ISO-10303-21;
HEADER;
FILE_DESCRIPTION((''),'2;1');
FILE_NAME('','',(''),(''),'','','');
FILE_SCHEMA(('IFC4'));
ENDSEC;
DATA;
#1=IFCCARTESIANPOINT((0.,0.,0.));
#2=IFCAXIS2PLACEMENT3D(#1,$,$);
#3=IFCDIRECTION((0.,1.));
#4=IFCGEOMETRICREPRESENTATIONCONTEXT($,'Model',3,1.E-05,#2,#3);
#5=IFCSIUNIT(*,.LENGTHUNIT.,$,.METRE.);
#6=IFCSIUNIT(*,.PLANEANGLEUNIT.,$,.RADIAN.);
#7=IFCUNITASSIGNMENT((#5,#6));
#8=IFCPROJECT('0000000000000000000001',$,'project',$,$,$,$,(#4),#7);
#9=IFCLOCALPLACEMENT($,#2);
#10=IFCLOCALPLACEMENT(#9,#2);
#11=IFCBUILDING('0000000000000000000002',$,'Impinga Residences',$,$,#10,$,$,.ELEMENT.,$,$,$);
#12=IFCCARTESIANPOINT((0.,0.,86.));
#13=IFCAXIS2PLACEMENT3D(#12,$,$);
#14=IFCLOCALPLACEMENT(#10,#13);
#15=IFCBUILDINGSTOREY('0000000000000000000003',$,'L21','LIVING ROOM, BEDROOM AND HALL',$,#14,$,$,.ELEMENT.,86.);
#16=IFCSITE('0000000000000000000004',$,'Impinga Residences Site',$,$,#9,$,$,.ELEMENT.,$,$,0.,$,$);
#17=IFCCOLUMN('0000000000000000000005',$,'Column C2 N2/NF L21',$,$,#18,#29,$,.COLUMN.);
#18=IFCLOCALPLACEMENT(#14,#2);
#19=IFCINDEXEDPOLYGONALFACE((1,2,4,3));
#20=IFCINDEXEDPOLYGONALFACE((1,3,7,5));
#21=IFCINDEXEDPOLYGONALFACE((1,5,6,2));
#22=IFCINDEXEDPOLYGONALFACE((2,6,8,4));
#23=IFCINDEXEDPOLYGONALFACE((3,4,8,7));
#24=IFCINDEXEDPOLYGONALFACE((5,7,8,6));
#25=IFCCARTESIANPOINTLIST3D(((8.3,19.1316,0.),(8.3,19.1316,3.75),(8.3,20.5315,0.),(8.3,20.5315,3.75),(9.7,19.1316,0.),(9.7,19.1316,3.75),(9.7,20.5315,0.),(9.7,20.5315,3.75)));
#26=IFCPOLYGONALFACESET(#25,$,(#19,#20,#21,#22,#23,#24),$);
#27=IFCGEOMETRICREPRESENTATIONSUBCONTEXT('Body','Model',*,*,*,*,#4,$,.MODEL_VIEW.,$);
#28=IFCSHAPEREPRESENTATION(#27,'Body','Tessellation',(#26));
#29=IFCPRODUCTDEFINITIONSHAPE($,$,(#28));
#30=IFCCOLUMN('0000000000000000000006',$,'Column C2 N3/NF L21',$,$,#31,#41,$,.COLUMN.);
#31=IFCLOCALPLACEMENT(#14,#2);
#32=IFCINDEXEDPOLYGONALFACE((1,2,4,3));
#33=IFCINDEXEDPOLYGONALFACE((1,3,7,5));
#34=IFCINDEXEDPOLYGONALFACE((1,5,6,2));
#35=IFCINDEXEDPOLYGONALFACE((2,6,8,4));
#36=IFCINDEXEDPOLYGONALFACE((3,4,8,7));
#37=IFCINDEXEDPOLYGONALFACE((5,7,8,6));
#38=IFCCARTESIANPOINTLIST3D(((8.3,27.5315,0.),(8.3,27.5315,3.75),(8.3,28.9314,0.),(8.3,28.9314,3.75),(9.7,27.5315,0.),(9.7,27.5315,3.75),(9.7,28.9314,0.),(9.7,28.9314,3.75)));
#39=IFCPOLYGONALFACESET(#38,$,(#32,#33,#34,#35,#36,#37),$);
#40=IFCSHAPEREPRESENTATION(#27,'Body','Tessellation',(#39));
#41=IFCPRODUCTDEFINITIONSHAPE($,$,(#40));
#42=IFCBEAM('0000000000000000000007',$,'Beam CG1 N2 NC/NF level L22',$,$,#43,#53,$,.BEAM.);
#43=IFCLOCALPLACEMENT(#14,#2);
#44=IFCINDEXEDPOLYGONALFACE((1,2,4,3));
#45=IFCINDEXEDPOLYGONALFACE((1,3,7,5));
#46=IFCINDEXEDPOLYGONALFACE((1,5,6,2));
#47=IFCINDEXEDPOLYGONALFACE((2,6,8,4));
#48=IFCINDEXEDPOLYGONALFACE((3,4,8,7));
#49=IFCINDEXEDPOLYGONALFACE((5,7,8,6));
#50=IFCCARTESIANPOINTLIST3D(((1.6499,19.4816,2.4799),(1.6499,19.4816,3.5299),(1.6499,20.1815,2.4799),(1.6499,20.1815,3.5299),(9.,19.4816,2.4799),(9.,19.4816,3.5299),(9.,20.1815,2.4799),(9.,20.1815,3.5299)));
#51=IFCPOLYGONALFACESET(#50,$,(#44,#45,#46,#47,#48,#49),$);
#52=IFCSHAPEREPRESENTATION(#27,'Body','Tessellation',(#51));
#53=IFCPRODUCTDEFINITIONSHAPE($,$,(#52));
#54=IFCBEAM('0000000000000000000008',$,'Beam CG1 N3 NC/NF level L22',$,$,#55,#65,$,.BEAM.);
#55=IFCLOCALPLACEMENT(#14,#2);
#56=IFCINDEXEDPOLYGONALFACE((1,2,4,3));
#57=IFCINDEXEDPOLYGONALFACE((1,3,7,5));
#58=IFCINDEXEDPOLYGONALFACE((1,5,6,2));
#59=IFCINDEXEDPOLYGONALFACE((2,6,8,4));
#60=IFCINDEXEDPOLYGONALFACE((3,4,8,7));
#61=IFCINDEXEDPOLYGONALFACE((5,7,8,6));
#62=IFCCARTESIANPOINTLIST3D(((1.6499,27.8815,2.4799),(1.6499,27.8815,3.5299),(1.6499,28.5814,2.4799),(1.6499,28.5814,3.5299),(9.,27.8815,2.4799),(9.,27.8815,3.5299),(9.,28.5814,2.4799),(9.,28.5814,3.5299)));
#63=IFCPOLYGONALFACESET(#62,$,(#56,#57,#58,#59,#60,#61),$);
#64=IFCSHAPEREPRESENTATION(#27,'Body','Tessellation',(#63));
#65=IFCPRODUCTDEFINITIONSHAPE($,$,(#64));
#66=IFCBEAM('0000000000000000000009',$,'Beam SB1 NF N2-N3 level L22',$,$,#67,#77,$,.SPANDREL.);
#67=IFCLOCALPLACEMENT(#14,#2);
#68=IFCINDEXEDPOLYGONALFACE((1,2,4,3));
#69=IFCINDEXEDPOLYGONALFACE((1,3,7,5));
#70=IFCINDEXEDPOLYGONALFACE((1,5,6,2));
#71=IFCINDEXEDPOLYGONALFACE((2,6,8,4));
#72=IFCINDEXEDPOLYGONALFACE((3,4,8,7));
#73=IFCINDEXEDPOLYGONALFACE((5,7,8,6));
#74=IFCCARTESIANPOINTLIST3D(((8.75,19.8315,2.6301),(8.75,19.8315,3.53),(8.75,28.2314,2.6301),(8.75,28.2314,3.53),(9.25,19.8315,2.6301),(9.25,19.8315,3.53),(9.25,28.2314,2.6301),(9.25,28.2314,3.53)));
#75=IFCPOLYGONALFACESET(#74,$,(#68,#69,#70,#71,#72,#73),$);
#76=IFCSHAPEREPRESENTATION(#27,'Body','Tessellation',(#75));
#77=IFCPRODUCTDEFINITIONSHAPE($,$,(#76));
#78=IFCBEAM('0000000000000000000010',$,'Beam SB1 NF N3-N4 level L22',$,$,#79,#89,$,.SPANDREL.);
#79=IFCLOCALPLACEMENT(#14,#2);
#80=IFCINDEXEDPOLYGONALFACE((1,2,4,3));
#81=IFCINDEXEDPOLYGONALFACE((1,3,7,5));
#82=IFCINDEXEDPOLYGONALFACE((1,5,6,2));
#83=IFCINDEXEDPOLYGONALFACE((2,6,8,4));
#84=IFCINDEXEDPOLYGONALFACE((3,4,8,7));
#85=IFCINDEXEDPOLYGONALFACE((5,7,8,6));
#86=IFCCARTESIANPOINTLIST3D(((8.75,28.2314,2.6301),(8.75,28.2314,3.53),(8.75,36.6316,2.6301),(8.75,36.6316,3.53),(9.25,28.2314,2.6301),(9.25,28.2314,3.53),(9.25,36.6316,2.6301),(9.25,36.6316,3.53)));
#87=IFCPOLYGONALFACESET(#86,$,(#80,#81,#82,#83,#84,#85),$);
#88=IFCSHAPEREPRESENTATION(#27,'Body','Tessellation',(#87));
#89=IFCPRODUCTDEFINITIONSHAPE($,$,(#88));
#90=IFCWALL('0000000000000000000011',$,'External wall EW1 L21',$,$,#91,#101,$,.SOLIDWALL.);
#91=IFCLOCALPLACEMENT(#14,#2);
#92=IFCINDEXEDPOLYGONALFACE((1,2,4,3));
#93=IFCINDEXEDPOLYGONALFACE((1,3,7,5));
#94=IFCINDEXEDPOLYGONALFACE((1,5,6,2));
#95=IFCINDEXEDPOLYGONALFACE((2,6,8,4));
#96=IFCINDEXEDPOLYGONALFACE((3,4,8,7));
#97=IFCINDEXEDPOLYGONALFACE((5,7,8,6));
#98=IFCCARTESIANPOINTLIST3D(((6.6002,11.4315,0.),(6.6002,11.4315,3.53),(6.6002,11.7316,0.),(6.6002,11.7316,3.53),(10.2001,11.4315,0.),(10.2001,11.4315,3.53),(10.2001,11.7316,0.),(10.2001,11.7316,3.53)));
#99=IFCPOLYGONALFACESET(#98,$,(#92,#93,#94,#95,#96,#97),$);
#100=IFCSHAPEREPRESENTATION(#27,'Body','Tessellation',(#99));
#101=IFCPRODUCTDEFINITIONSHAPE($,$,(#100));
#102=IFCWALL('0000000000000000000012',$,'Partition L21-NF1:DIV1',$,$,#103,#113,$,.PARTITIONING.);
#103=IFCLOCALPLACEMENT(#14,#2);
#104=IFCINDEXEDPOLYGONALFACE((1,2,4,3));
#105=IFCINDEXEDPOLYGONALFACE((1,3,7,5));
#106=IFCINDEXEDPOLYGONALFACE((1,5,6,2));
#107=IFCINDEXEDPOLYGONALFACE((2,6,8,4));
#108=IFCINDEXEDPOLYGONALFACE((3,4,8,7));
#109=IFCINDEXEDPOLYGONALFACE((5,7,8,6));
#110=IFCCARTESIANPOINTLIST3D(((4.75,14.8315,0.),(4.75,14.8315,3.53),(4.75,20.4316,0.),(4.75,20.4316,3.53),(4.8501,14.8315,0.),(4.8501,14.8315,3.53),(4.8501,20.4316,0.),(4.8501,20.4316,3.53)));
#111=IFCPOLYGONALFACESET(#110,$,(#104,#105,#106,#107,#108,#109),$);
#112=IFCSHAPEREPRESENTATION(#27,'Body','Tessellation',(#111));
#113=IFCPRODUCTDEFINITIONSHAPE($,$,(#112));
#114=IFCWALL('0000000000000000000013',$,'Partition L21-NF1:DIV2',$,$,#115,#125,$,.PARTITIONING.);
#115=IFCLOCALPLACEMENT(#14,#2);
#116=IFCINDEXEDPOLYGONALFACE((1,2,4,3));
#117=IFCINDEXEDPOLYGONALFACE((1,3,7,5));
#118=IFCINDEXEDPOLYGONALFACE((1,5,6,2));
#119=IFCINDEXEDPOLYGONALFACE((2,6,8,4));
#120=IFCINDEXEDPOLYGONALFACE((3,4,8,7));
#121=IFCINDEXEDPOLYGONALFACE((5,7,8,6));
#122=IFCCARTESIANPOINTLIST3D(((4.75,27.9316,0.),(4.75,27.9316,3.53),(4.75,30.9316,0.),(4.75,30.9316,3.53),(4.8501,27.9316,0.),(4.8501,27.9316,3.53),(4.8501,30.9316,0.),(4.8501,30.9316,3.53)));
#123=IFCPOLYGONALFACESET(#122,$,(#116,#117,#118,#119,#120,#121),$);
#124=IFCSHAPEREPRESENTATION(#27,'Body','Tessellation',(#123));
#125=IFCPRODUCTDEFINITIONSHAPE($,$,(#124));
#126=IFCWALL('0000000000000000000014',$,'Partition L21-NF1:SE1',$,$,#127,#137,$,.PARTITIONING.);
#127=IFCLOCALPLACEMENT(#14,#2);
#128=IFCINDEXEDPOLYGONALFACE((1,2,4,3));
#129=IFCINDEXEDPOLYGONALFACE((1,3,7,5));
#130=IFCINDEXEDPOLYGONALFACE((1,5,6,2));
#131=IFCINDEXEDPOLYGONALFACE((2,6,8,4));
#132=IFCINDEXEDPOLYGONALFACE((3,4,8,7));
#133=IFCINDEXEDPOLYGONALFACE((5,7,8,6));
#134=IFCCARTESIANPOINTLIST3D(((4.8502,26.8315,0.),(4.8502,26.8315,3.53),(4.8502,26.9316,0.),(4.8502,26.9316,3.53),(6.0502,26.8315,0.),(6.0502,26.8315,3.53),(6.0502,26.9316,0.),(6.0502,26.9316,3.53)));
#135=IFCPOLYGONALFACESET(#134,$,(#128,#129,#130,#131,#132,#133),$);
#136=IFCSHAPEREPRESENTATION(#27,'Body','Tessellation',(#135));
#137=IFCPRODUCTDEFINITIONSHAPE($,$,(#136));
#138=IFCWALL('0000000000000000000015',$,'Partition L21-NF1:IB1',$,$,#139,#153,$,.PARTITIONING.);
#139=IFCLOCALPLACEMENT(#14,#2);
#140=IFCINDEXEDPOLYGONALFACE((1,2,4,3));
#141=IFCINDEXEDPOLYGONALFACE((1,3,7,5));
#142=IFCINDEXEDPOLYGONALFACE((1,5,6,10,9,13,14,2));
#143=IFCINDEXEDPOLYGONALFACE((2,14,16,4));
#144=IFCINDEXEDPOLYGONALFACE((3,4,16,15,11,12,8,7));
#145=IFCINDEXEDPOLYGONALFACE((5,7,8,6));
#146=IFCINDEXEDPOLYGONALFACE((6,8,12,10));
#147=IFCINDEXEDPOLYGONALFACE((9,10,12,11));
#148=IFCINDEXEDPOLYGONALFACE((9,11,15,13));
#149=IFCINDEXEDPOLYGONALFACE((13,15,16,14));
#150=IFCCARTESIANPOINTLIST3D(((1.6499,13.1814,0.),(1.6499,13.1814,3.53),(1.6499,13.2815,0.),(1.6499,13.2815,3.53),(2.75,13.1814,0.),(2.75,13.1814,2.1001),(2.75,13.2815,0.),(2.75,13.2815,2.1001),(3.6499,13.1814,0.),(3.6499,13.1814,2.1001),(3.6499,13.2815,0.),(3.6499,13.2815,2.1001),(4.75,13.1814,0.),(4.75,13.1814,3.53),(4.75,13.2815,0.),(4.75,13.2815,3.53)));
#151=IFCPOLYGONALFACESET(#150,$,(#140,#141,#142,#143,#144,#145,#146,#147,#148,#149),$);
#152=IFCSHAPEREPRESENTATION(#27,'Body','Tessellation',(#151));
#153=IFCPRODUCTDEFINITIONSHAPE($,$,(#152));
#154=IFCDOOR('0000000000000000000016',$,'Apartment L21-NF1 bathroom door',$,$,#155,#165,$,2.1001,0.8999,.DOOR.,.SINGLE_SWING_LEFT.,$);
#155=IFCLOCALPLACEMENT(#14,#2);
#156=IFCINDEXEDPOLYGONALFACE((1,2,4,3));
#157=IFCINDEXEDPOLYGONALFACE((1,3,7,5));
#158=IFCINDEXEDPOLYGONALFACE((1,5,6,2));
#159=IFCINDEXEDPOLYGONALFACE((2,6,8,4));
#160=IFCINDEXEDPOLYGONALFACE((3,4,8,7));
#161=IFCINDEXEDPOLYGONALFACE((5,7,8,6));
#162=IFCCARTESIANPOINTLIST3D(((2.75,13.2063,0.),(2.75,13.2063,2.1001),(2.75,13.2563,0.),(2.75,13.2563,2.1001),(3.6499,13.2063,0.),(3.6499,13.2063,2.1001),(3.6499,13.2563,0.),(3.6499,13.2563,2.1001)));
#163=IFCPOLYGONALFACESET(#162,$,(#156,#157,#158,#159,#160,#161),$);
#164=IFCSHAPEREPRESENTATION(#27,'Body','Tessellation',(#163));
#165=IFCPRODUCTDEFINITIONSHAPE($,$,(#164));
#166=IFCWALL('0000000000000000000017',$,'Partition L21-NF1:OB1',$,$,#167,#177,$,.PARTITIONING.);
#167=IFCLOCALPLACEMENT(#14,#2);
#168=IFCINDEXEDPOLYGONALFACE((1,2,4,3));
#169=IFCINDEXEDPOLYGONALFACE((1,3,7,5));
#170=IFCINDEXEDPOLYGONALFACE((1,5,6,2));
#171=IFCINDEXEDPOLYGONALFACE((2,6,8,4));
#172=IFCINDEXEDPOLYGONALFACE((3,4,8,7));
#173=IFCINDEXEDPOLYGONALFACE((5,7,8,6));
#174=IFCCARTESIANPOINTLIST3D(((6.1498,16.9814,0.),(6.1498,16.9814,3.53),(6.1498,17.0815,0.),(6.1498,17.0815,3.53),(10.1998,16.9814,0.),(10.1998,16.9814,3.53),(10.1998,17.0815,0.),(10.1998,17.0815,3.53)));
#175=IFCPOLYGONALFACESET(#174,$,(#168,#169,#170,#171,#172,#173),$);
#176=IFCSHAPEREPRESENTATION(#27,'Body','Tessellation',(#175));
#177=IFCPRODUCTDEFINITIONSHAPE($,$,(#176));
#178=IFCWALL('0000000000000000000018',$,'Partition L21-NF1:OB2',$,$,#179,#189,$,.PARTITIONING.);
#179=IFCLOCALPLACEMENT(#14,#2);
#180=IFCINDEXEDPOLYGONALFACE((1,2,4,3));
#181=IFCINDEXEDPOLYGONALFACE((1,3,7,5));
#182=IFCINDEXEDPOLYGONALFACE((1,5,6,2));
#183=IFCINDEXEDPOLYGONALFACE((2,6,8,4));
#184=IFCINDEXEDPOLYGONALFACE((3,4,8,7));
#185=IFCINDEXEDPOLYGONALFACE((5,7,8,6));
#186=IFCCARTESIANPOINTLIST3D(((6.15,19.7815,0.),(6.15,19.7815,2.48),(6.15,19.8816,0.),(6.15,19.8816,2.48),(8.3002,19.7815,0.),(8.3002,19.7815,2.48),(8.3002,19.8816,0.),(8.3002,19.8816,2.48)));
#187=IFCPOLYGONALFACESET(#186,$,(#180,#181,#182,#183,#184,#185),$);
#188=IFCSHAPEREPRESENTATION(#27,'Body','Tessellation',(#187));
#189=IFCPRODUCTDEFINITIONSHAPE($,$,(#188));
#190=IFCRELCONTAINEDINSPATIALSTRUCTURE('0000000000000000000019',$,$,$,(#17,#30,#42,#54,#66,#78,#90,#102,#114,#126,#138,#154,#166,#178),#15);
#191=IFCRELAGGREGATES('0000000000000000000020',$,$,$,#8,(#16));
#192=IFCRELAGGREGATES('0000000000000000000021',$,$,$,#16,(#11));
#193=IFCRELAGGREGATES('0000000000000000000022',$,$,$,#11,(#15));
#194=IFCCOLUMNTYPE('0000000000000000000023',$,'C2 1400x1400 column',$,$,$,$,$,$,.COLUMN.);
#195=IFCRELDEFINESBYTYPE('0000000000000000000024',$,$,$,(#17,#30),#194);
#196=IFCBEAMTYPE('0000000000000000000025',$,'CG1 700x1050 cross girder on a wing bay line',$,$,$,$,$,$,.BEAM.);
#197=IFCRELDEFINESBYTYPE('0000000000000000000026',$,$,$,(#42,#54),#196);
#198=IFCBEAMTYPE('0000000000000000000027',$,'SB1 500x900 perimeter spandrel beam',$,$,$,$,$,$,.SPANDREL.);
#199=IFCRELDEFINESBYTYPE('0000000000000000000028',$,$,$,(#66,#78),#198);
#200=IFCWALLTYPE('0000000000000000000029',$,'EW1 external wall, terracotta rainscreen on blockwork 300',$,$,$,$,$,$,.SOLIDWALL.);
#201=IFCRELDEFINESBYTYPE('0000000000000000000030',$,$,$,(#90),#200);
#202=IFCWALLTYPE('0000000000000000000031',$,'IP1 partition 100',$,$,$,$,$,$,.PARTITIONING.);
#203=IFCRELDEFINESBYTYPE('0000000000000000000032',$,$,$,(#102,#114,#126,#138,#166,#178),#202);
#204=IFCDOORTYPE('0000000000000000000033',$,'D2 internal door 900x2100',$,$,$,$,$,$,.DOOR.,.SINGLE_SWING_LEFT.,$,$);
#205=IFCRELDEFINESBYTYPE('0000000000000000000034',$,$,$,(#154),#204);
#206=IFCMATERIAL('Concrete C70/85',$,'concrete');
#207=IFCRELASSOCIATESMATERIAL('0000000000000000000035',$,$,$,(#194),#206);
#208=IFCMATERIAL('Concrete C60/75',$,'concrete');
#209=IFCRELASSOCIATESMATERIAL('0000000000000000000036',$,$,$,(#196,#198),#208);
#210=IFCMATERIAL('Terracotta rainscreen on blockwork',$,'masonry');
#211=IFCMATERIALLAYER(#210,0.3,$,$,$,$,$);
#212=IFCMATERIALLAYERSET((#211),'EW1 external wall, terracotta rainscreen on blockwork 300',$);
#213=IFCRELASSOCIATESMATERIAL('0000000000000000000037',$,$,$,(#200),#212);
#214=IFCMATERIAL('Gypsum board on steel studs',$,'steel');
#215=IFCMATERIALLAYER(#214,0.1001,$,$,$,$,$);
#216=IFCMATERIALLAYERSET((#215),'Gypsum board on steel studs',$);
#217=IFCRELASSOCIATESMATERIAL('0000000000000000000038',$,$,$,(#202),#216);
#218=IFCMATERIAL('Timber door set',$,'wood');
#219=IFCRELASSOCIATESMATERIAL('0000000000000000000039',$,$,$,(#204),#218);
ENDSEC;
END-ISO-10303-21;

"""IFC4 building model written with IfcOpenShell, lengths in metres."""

from ifc_helpers import new_model, si_unit, direction, frame, frame_2d, origin, origin_2d, place, context, subcontext, project, spatial, rectangle, extrude, material, layer, layer_set, material_profile, profile_set, type_object, element, fill, save


model = new_model("IFC4")

# Units and contexts
model_context = context("Model", 3, precision=1e-05, world=origin(), true_north=direction((0.0, 1.0)))
body_context = subcontext(model_context, "Body", "Model", "MODEL_VIEW")
ifc_project = project(units=[si_unit("LENGTHUNIT", "METRE"), si_unit("PLANEANGLEUNIT", "RADIAN")], contexts=[model_context])

# Site, building, storey
site_placement = place(None, origin())
site = spatial("IfcSite", under=ifc_project, at=site_placement, Name="Impinga Residences Site", CompositionType="ELEMENT", RefElevation=0.0)
building_placement = place(site_placement, origin())
building = spatial("IfcBuilding", under=site, at=building_placement, Name="Impinga Residences", CompositionType="ELEMENT")
storey_placement = place(building_placement, frame((0.0, 0.0, 86.0)))
storey = spatial("IfcBuildingStorey", under=building, at=storey_placement, Name="L21", Description="LIVING ROOM, BEDROOM AND HALL", CompositionType="ELEMENT", Elevation=86.0)

# Columns
ifc_material_1 = material(Name="Concrete C70/85", Category="concrete")
ifc_material_profile_1 = material_profile(ifc_material_1, rectangle(XDim=1.3999, YDim=1.3999, at=origin_2d()), Name="RC 1400x1400")
ifc_profile_set_1 = profile_set([ifc_material_profile_1], Name="Concrete C70/85")
column_type = type_object("IfcColumnType", Name="C2 1400x1400 column", PredefinedType="COLUMN", material=ifc_profile_set_1)
for number, where, z_axis, x_axis, name in (
    (1, (9.0, 19.8315, 0.0), (0.0, 0.0, 1.0), (1.0, 0.0, 0.0), "Column C2 N2/NF L21"),
    (2, (9.0, 28.2314, 0.0), (0.0, 0.0, 1.0), (1.0, 0.0, 0.0), "Column C2 N3/NF L21"),
):
    element("IfcColumn", number, at=place(storey_placement, frame(where, z_axis=z_axis, x_axis=x_axis)), inside=storey, type_object=column_type, Name=name, PredefinedType="COLUMN", context=body_context, shape_type="SweptSolid", body=[
        extrude(rectangle(XDim=1.3999, YDim=1.3999, at=origin_2d()), origin(), (0.0, 0.0, 1.0), 3.75),
    ])

# Beams
ifc_material_2 = material(Name="Concrete C60/75", Category="concrete")
ifc_material_profile_2 = material_profile(ifc_material_2, rectangle(XDim=0.7, YDim=1.05, at=origin_2d()), Name="RC 700x1050")
ifc_profile_set_2 = profile_set([ifc_material_profile_2], Name="Concrete C60/75")
beam_type_1 = type_object("IfcBeamType", Name="CG1 700x1050 cross girder on a wing bay line", PredefinedType="BEAM", material=ifc_profile_set_2)
for number, where, z_axis, x_axis, name in (
    (3, (1.6499, 19.8315, 3.0049), (1.0, 0.0, 0.0), (0.0, 1.0, 0.0), "Beam CG1 N2 NC/NF level L22"),
    (4, (1.6499, 28.2314, 3.0049), (1.0, 0.0, 0.0), (0.0, 1.0, 0.0), "Beam CG1 N3 NC/NF level L22"),
):
    element("IfcBeam", number, at=place(storey_placement, frame(where, z_axis=z_axis, x_axis=x_axis)), inside=storey, type_object=beam_type_1, Name=name, PredefinedType="BEAM", context=body_context, shape_type="SweptSolid", body=[
        extrude(rectangle(XDim=0.7, YDim=1.05, at=origin_2d()), origin(), (0.0, 0.0, 1.0), 7.3501),
    ])
ifc_material_profile_3 = material_profile(ifc_material_2, rectangle(XDim=0.5, YDim=0.8999, at=origin_2d()), Name="RC 500x900")
ifc_profile_set_3 = profile_set([ifc_material_profile_3], Name="Concrete C60/75")
beam_type_2 = type_object("IfcBeamType", Name="SB1 500x900 perimeter spandrel beam", PredefinedType="SPANDREL", material=ifc_profile_set_3)
beam_1_placement = place(storey_placement, frame((9.0, 19.8315, 3.0801), z_axis=(0.0, 1.0, 0.0), x_axis=(-1.0, 0.0, 0.0)))
element("IfcBeam", 5, at=beam_1_placement, inside=storey, type_object=beam_type_2, Name="Beam SB1 NF N2-N3 level L22", PredefinedType="SPANDREL", context=body_context, shape_type="SweptSolid", body=[
    extrude(rectangle(XDim=0.5, YDim=0.8999, at=origin_2d()), origin(), (0.0, 0.0, 1.0), 8.3999),
])
beam_2_placement = place(storey_placement, frame((9.0, 28.2314, 3.0801), z_axis=(0.0, 1.0, 0.0), x_axis=(-1.0, 0.0, 0.0)))
element("IfcBeam", 6, at=beam_2_placement, inside=storey, type_object=beam_type_2, Name="Beam SB1 NF N3-N4 level L22", PredefinedType="SPANDREL", context=body_context, shape_type="SweptSolid", body=[
    extrude(rectangle(XDim=0.5, YDim=0.8999, at=origin_2d()), origin(), (0.0, 0.0, 1.0), 8.4001),
])

# Walls
ifc_material_3 = material(Name="Terracotta rainscreen on blockwork", Category="masonry")
ifc_layer_1 = layer(ifc_material_3, 0.3)
ifc_layer_set_1 = layer_set([ifc_layer_1], Name="EW1 external wall, terracotta rainscreen on blockwork 300")
wall_type_1 = type_object("IfcWallType", Name="EW1 external wall, terracotta rainscreen on blockwork 300", PredefinedType="SOLIDWALL", material=ifc_layer_set_1)
wall_1_placement = place(storey_placement, frame((10.2, 11.5815, 0.0), z_axis=(0.0, 0.0, 1.0), x_axis=(-1.0, 0.0, 0.0)))
element("IfcWall", 7, at=wall_1_placement, inside=storey, type_object=wall_type_1, Name="External wall EW1 L21", PredefinedType="SOLIDWALL", context=body_context, shape_type="SweptSolid", body=[
    extrude(rectangle(XDim=3.5999, YDim=0.3, at=frame_2d((1.7998, 0.0))), origin(), (0.0, 0.0, 1.0), 3.53),
])
ifc_material_4 = material(Name="Gypsum board on steel studs", Category="steel")
ifc_layer_2 = layer(ifc_material_4, 0.1001)
ifc_layer_set_2 = layer_set([ifc_layer_2], Name="Gypsum board on steel studs")
wall_type_2 = type_object("IfcWallType", Name="IP1 partition 100", PredefinedType="PARTITIONING", material=ifc_layer_set_2)
wall_2_placement = place(storey_placement, frame((4.8, 14.8315, 0.0), z_axis=(0.0, 0.0, 1.0), x_axis=(0.0, 1.0, 0.0)))
element("IfcWall", 8, at=wall_2_placement, inside=storey, type_object=wall_type_2, Name="Partition L21-NF1:DIV1", PredefinedType="PARTITIONING", context=body_context, shape_type="SweptSolid", body=[
    extrude(rectangle(XDim=5.6001, YDim=0.1001, at=frame_2d((2.8, 0.0))), origin(), (0.0, 0.0, 1.0), 3.53),
])
wall_3_placement = place(storey_placement, frame((4.8, 27.9316, 0.0), z_axis=(0.0, 0.0, 1.0), x_axis=(0.0, 1.0, 0.0)))
element("IfcWall", 9, at=wall_3_placement, inside=storey, type_object=wall_type_2, Name="Partition L21-NF1:DIV2", PredefinedType="PARTITIONING", context=body_context, shape_type="SweptSolid", body=[
    extrude(rectangle(XDim=3.0, YDim=0.1001, at=frame_2d((1.5, 0.0))), origin(), (0.0, 0.0, 1.0), 3.53),
])
wall_4_placement = place(storey_placement, frame((4.8501, 26.8816, 0.0), z_axis=(0.0, 0.0, 1.0), x_axis=(1.0, 0.0, 0.0)))
element("IfcWall", 10, at=wall_4_placement, inside=storey, type_object=wall_type_2, Name="Partition L21-NF1:SE1", PredefinedType="PARTITIONING", context=body_context, shape_type="SweptSolid", body=[
    extrude(rectangle(XDim=1.2, YDim=0.1001, at=frame_2d((0.6001, 0.0))), origin(), (0.0, 0.0, 1.0), 3.53),
])

# Wall, opening, door
wall_5_placement = place(storey_placement, frame((1.6499, 13.2314, 0.0), z_axis=(0.0, 0.0, 1.0), x_axis=(1.0, 0.0, 0.0)))
wall_5 = element("IfcWall", 11, at=wall_5_placement, inside=storey, type_object=wall_type_2, Name="Partition L21-NF1:IB1", PredefinedType="PARTITIONING", context=body_context, shape_type="SweptSolid", body=[
    extrude(rectangle(XDim=3.1001, YDim=0.1001, at=frame_2d((1.55, 0.0))), origin(), (0.0, 0.0, 1.0), 3.53),
])
opening_1_placement = place(wall_5_placement, frame((1.1001, 0.0, 0.0)))
opening_1 = element("IfcOpeningElement", 12, at=opening_1_placement, cuts=wall_5, PredefinedType="OPENING", context=body_context, shape_type="SweptSolid", body=[
    extrude(rectangle(XDim=0.8999, YDim=2.1001, at=frame_2d((0.45, 1.05))), frame((0.0, 0.0601, 0.0), z_axis=(0.0, -1.0, 0.0), x_axis=(1.0, 0.0, 0.0)), (0.0, 0.0, 1.0), 0.1201),
])
ifc_material_5 = material(Name="Timber door set", Category="wood")
door_type = type_object("IfcDoorType", Name="D2 internal door 900x2100", OperationType="SINGLE_SWING_LEFT", PredefinedType="DOOR", material=ifc_material_5)
door_1_placement = place(opening_1_placement, origin())
door_1 = element("IfcDoor", 13, at=door_1_placement, inside=storey, type_object=door_type, Name="Apartment L21-NF1 bathroom door", OperationType="SINGLE_SWING_LEFT", OverallHeight=2.1001, OverallWidth=0.8999, PredefinedType="DOOR", context=body_context, shape_type="SweptSolid", body=[
    extrude(rectangle(XDim=0.8999, YDim=2.1001, at=frame_2d((0.45, 1.05))), frame((0.0, 0.0249, 0.0), z_axis=(0.0, -1.0, 0.0), x_axis=(1.0, 0.0, 0.0)), (0.0, 0.0, 1.0), 0.05),
])
fill(opening_1, door_1)

# Walls
wall_6_placement = place(storey_placement, frame((6.1499, 17.0315, 0.0), z_axis=(0.0, 0.0, 1.0), x_axis=(1.0, 0.0, 0.0)))
element("IfcWall", 14, at=wall_6_placement, inside=storey, type_object=wall_type_2, Name="Partition L21-NF1:OB1", PredefinedType="PARTITIONING", context=body_context, shape_type="SweptSolid", body=[
    extrude(rectangle(XDim=4.05, YDim=0.1001, at=frame_2d((2.0249, 0.0))), origin(), (0.0, 0.0, 1.0), 3.53),
])
wall_7_placement = place(storey_placement, frame((6.1499, 19.8315, 0.0), z_axis=(0.0, 0.0, 1.0), x_axis=(1.0, 0.0, 0.0)))
element("IfcWall", 15, at=wall_7_placement, inside=storey, type_object=wall_type_2, Name="Partition L21-NF1:OB2", PredefinedType="PARTITIONING", context=body_context, shape_type="SweptSolid", body=[
    extrude(rectangle(XDim=2.1501, YDim=0.1001, at=frame_2d((1.0752, 0.0))), origin(), (0.0, 0.0, 1.0), 2.48),
])

save(model, "model.ifc")
